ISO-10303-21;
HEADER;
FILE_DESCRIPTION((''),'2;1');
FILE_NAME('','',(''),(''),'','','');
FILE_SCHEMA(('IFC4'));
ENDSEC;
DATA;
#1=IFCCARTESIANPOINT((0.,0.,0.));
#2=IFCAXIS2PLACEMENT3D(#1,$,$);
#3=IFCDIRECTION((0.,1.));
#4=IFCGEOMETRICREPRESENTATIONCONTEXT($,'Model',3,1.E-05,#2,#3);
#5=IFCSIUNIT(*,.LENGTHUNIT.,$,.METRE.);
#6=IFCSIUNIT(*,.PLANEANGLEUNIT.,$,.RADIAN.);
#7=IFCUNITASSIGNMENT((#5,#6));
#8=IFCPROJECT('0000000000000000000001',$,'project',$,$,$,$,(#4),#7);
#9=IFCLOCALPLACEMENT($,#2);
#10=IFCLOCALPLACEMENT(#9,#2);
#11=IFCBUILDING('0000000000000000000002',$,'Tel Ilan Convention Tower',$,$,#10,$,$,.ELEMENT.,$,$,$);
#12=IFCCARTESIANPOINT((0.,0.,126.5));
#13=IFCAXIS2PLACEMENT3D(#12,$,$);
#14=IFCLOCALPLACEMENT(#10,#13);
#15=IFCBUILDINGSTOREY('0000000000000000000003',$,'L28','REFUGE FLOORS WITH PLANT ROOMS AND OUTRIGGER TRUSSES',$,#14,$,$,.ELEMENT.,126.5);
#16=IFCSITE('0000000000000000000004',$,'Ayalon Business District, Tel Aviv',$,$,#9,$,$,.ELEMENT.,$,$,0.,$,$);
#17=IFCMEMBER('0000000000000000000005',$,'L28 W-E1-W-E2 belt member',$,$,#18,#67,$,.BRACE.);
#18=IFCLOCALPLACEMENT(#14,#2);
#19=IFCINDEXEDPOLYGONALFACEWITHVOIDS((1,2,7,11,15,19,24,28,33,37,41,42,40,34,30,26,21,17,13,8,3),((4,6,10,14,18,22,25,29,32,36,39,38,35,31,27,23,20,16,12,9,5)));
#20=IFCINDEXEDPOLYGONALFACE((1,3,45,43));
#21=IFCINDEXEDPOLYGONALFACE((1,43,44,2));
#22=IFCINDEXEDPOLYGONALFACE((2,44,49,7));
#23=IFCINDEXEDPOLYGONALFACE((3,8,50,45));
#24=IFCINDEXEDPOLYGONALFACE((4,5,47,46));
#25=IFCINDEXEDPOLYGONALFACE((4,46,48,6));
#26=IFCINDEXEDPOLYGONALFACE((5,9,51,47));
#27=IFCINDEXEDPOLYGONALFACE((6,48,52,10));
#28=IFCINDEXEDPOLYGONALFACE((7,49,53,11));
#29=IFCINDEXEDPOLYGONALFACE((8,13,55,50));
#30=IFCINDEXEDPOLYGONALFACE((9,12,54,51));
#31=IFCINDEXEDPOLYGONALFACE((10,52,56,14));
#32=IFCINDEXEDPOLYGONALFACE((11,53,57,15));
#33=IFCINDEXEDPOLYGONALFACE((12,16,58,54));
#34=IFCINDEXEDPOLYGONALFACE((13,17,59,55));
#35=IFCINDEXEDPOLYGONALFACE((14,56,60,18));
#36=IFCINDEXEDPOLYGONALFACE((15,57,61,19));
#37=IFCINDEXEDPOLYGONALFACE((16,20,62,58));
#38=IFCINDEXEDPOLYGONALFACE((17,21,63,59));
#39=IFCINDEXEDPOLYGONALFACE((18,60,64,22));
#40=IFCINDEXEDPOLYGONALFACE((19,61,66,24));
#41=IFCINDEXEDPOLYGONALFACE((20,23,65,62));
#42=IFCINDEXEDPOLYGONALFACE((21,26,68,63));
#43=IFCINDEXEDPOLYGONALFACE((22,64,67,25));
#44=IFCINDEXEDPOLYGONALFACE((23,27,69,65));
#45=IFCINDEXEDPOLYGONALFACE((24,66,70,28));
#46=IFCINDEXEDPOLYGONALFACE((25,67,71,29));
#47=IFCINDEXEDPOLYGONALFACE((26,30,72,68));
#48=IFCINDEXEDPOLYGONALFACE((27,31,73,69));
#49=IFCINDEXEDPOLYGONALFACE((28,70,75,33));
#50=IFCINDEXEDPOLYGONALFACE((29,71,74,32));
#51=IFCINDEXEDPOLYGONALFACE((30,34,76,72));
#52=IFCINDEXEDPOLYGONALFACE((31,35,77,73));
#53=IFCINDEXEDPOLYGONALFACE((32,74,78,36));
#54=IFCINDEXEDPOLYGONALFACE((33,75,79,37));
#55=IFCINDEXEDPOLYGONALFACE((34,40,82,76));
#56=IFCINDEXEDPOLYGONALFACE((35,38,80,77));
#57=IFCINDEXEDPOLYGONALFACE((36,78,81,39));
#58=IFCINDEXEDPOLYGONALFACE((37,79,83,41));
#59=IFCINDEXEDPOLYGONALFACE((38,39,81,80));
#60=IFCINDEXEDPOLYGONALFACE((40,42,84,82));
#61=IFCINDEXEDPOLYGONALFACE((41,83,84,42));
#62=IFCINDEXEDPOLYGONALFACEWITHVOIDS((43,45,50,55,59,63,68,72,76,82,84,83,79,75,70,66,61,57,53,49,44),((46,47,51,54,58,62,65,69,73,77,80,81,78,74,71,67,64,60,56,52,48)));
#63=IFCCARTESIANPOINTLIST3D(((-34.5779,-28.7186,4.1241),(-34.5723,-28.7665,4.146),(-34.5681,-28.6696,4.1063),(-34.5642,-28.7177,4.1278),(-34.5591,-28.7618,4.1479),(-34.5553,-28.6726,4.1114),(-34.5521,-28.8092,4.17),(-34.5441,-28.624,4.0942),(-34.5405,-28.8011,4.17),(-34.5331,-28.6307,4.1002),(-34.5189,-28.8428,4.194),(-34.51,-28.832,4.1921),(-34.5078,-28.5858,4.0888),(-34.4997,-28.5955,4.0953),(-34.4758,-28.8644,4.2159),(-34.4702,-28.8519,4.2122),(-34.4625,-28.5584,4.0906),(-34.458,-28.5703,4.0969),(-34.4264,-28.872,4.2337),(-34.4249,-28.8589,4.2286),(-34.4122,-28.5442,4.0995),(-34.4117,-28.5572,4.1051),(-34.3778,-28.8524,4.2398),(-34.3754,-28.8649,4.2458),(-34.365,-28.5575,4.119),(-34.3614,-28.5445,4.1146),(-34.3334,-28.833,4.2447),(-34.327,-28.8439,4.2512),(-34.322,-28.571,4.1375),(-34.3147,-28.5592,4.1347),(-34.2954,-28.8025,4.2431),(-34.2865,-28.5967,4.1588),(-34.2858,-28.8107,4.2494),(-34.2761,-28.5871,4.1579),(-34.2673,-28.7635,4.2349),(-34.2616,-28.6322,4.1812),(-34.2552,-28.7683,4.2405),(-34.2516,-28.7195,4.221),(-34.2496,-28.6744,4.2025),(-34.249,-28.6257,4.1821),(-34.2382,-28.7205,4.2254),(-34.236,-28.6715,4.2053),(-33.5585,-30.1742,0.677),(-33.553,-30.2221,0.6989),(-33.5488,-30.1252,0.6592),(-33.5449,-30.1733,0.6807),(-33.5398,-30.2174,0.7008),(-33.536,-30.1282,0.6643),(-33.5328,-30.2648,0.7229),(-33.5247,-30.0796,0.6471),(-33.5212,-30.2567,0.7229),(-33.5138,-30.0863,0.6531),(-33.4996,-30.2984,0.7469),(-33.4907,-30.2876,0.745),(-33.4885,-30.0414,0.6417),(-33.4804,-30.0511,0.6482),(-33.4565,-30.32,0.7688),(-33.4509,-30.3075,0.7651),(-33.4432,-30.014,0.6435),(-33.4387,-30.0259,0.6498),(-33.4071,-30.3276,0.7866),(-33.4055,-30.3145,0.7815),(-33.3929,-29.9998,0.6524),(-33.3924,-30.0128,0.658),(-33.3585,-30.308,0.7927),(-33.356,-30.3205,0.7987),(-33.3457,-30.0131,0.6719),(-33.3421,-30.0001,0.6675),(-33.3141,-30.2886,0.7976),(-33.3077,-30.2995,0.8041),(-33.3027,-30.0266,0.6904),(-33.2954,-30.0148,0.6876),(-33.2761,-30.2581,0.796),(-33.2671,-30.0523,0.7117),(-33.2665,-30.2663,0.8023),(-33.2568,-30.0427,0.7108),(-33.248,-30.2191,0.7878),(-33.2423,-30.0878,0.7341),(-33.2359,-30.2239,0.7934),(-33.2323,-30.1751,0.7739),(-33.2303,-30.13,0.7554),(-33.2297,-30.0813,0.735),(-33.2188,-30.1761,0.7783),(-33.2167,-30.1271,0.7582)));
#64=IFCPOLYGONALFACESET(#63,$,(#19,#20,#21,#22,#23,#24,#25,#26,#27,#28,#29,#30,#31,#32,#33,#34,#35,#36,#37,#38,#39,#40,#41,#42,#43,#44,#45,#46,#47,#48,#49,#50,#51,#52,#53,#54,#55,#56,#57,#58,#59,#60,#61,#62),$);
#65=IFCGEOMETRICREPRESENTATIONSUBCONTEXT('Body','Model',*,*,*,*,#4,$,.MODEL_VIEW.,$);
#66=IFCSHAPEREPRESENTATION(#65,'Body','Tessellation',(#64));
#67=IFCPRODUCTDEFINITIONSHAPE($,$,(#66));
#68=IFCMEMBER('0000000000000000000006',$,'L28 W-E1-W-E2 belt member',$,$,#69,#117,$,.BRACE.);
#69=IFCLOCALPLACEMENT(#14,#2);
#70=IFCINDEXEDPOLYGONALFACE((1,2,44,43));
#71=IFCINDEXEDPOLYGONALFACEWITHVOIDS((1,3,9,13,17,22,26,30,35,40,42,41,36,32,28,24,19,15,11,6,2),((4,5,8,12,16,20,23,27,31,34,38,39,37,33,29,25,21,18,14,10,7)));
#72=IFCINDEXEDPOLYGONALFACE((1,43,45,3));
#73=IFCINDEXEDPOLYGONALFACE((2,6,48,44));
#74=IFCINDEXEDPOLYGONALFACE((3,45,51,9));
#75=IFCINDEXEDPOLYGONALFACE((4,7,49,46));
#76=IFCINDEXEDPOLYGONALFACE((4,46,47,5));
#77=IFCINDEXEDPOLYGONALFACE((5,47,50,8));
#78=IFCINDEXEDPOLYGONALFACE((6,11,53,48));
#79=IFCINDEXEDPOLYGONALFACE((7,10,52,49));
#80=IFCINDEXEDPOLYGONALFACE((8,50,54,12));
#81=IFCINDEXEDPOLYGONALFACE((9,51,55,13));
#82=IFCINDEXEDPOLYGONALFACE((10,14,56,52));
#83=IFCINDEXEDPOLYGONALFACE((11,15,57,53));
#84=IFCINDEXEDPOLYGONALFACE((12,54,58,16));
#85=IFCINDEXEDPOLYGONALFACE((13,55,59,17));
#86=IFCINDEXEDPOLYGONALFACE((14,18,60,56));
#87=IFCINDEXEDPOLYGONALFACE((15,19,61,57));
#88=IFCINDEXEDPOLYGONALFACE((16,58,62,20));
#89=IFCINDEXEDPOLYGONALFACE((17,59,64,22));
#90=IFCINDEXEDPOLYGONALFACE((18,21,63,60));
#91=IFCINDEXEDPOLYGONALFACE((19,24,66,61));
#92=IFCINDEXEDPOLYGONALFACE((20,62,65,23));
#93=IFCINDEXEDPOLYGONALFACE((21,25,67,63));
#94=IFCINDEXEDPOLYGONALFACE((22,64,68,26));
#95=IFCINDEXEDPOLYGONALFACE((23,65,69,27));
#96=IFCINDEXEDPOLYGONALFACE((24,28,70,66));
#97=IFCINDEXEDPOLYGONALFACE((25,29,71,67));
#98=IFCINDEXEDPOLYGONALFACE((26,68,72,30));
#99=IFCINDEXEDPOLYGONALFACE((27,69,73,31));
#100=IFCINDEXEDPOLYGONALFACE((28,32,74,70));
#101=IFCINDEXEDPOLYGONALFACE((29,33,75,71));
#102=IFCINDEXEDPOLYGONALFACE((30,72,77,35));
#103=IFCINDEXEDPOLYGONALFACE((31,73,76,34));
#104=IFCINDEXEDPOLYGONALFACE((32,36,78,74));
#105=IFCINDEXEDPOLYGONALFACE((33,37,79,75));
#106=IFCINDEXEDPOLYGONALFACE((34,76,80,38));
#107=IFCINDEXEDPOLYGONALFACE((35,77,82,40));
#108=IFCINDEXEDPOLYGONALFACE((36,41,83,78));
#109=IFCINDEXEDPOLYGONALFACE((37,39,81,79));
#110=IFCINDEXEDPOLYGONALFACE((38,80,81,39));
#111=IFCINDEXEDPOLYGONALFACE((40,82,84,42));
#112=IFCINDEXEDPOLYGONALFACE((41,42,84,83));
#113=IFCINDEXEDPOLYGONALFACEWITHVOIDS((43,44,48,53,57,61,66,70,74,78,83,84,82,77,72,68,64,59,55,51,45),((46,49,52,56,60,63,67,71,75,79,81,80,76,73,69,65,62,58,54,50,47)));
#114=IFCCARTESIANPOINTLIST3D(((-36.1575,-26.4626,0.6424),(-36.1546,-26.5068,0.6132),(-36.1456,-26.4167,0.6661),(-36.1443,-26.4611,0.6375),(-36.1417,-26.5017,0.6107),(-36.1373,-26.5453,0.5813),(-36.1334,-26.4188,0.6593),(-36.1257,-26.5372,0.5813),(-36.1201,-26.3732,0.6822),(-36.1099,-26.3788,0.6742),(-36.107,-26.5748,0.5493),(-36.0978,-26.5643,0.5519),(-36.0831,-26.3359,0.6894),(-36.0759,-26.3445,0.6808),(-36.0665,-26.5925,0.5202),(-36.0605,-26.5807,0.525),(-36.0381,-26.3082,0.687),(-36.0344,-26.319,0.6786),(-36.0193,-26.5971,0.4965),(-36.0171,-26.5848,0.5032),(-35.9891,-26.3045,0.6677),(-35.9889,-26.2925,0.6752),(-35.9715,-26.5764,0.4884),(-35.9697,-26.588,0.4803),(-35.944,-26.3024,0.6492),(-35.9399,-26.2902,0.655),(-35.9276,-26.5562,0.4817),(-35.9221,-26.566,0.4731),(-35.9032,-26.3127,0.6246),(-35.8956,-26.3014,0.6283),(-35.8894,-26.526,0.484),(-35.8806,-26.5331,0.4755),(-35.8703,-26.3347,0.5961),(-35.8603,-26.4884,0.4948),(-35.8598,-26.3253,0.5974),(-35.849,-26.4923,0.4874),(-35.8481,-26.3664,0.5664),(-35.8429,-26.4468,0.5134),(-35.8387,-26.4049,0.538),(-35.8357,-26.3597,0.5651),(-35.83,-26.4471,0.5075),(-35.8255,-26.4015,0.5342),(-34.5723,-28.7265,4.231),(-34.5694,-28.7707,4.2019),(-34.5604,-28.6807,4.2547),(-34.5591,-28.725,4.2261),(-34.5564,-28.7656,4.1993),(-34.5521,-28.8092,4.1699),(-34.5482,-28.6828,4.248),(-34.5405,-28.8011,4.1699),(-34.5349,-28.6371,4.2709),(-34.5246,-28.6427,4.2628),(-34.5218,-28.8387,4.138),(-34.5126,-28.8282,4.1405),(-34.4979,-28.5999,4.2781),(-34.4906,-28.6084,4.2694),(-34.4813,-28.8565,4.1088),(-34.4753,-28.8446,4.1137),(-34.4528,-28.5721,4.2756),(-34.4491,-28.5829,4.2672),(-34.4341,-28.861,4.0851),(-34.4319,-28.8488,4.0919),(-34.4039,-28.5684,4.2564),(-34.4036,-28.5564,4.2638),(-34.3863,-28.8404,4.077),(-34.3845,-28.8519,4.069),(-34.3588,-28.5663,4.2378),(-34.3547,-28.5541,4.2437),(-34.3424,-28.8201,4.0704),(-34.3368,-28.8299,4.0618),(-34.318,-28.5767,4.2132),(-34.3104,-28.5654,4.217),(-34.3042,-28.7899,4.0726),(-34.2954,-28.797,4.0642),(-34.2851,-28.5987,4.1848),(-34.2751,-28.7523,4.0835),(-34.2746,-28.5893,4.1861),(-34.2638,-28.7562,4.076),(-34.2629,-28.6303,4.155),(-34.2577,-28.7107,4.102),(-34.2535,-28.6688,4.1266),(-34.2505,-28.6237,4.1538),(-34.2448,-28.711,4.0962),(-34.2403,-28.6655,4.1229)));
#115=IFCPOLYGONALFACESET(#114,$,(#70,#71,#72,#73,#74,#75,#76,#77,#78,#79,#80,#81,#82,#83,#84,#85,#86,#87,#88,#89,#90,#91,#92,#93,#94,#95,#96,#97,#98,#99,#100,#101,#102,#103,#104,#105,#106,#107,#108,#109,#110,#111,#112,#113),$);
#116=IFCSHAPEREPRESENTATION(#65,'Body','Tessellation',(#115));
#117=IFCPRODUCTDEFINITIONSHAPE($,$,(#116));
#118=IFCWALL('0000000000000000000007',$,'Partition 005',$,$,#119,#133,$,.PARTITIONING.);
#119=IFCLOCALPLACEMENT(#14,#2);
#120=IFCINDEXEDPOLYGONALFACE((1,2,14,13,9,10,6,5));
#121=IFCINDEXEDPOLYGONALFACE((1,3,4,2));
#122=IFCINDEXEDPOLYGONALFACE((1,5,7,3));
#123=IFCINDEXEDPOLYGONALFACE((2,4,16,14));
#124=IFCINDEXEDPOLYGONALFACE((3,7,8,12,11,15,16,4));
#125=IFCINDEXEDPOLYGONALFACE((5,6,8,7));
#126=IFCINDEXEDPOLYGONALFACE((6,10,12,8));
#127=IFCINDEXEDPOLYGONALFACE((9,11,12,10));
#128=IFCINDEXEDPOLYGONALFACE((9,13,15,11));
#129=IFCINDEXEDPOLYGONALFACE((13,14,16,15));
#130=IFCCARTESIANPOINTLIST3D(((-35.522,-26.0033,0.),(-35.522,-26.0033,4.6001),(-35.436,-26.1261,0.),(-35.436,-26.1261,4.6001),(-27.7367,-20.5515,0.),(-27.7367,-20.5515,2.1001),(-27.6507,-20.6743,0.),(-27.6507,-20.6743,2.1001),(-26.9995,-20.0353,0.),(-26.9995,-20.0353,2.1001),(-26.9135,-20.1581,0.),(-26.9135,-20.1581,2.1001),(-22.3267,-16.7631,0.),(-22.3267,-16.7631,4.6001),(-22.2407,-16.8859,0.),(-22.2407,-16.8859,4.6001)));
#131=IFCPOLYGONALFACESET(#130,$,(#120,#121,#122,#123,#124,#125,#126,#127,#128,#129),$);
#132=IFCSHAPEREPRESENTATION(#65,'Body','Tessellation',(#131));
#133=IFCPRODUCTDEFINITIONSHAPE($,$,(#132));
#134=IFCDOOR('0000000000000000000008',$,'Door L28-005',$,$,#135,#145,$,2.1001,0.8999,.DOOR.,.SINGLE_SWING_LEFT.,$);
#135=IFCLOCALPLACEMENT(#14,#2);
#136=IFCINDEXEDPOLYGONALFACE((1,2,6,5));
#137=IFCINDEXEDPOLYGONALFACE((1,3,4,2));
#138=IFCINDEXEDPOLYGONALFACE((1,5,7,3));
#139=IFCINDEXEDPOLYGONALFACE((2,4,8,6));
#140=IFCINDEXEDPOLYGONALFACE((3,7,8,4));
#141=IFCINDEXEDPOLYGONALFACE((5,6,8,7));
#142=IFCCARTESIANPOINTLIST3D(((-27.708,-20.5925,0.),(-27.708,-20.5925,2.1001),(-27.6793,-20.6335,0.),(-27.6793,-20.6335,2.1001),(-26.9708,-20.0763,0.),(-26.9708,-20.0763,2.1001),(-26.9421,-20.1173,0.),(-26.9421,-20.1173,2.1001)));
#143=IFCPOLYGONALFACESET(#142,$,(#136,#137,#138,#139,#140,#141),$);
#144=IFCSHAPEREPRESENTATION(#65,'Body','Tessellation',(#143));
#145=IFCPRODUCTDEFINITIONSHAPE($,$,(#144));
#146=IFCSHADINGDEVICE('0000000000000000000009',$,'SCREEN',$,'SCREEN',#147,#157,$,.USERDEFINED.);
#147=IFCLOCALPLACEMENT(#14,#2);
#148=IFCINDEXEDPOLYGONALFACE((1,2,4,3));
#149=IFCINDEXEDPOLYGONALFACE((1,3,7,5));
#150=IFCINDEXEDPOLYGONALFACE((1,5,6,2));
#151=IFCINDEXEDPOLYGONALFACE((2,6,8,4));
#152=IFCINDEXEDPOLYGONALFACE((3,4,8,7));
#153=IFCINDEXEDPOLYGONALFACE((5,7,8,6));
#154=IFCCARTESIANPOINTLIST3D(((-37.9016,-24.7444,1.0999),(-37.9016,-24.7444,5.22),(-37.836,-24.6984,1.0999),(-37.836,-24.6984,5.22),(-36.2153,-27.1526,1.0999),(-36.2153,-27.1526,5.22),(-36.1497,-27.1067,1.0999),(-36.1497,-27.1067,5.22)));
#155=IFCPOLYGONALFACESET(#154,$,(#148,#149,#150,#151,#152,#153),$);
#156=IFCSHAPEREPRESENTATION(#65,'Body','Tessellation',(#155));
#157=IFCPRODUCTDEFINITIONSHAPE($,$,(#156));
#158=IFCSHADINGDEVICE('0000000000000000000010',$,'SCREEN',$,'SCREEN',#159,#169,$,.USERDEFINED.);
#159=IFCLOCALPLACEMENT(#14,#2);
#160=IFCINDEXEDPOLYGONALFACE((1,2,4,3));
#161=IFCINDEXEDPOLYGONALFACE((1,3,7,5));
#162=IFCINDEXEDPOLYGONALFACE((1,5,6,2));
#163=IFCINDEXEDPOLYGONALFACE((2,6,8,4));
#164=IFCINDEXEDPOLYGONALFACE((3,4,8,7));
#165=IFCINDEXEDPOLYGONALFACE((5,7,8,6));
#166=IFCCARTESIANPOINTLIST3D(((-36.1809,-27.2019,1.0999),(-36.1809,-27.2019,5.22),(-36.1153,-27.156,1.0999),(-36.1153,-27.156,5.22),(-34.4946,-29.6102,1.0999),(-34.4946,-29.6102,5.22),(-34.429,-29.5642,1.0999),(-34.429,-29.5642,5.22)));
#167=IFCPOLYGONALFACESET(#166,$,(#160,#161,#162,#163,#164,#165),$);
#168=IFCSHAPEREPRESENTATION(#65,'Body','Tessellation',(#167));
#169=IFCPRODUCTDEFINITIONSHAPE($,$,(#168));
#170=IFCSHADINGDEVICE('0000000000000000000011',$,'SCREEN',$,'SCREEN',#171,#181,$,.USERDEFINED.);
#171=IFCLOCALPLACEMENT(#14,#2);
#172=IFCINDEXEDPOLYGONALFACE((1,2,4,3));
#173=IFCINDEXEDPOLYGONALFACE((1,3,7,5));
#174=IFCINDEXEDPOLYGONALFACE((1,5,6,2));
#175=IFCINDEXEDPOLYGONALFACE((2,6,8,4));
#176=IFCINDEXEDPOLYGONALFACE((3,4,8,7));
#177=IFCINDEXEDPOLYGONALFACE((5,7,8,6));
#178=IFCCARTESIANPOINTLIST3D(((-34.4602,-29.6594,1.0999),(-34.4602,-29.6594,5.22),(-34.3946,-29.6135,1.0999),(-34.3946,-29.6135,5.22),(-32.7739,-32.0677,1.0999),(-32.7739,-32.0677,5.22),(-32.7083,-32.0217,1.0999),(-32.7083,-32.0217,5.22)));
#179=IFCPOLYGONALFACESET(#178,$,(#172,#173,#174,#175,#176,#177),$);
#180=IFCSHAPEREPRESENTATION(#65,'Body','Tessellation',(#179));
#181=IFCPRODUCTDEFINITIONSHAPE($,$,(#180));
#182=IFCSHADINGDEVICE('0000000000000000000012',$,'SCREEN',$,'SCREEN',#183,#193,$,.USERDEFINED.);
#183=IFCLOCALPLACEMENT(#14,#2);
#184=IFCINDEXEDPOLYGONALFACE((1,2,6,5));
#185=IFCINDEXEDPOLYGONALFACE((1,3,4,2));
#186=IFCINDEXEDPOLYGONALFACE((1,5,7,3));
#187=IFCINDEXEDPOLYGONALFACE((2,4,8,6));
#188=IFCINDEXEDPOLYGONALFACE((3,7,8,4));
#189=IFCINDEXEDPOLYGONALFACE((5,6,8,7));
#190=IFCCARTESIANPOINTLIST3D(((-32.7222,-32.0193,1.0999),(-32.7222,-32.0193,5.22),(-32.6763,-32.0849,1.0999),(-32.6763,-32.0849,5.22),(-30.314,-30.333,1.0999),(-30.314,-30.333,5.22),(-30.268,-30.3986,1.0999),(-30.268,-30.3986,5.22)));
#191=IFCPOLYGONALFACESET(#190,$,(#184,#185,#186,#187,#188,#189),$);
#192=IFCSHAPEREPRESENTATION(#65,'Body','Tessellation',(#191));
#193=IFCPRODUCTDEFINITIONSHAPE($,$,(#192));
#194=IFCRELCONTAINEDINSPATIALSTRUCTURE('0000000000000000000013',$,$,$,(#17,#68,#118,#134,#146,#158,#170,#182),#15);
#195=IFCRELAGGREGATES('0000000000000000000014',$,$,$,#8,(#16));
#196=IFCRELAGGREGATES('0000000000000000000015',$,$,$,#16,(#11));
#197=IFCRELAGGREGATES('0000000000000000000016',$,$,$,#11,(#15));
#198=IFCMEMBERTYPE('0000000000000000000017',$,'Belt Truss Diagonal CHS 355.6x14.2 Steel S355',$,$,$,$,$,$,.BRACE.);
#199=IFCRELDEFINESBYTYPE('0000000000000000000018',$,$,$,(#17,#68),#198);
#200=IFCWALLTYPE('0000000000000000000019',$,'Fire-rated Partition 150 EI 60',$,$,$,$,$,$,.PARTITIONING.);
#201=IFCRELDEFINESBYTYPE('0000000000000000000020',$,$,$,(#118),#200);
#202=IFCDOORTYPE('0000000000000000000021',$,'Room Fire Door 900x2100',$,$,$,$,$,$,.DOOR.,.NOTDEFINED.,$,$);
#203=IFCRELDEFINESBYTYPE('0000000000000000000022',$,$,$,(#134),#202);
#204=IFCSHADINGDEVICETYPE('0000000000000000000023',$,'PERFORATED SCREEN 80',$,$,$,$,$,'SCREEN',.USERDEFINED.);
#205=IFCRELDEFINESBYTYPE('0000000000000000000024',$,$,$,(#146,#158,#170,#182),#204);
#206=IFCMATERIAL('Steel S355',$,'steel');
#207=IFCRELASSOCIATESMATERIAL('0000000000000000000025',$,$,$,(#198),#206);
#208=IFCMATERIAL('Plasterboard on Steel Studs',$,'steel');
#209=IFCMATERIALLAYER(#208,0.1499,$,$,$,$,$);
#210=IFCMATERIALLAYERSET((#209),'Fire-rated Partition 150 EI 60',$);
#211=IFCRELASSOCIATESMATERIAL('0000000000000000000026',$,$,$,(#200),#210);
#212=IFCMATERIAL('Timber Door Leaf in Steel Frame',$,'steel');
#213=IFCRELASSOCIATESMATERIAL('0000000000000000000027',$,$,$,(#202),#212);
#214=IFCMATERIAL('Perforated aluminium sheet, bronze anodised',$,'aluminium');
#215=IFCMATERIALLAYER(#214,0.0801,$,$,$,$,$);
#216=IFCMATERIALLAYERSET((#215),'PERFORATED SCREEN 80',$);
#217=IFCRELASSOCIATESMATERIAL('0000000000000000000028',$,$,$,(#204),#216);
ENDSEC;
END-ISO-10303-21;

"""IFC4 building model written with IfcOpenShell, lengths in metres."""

from ifc_helpers import new_model, si_unit, direction, frame, frame_2d, origin, origin_2d, place, context, subcontext, project, spatial, rectangle, hollow_circle, extrude, material, layer, layer_set, material_profile, profile_set, type_object, element, fill, save


model = new_model("IFC4")

# Units and contexts
model_context = context("Model", 3, precision=1e-05, world=origin(), true_north=direction((0.0, 1.0)))
body_context = subcontext(model_context, "Body", "Model", "MODEL_VIEW")
ifc_project = project(units=[si_unit("LENGTHUNIT", "METRE"), si_unit("PLANEANGLEUNIT", "RADIAN")], contexts=[model_context])

# Site, building, storey
site_placement = place(None, origin())
site = spatial("IfcSite", under=ifc_project, at=site_placement, Name="Ayalon Business District, Tel Aviv", CompositionType="ELEMENT", RefElevation=0.0)
building_placement = place(site_placement, origin())
building = spatial("IfcBuilding", under=site, at=building_placement, Name="Tel Ilan Convention Tower", CompositionType="ELEMENT")
storey_placement = place(building_placement, frame((0.0, 0.0, 126.5)))
storey = spatial("IfcBuildingStorey", under=building, at=storey_placement, Name="L28", Description="REFUGE FLOORS WITH PLANT ROOMS AND OUTRIGGER TRUSSES", CompositionType="ELEMENT", Elevation=126.5)

# Members
ifc_material_1 = material(Name="Steel S355", Category="steel")
ifc_material_profile_1 = material_profile(ifc_material_1, hollow_circle(Radius=0.1777, WallThickness=0.0142, at=origin_2d()), Name="CHS 355.6x14.2")
ifc_profile_set_1 = profile_set([ifc_material_profile_1], Name="Steel S355")
member_type_1 = type_object("IfcMemberType", Name="Belt Truss Diagonal CHS 355.6x14.2 Steel S355", PredefinedType="BRACE", material=ifc_profile_set_1)
member_1_placement = place(storey_placement, frame((-33.3872, -30.1628, 0.7229), z_axis=(-0.262832, 0.375331, 0.888845), x_axis=(-0.819129, -0.57361, 0.0)))
element("IfcMember", 1, at=member_1_placement, inside=storey, type_object=member_type_1, Name="L28 W-E1-W-E2 belt member", PredefinedType="BRACE", context=body_context, shape_type="SweptSolid", body=[
    extrude(hollow_circle(Radius=0.1777, WallThickness=0.0142, at=origin_2d()), origin(), (0.0, 0.0, 1.0), 3.8782),
])
member_2_placement = place(storey_placement, frame((-34.4065, -28.7073, 4.1699), z_axis=(-0.349973, 0.499815, -0.792277), x_axis=(-0.819153, -0.573575, 0.0)))
element("IfcMember", 2, at=member_2_placement, inside=storey, type_object=member_type_1, Name="L28 W-E1-W-E2 belt member", PredefinedType="BRACE", context=body_context, shape_type="SweptSolid", body=[
    extrude(hollow_circle(Radius=0.1777, WallThickness=0.0142, at=origin_2d()), origin(), (0.0, 0.0, 1.0), 4.5295),
])

# Wall, opening, door
ifc_material_2 = material(Name="Plasterboard on Steel Studs", Category="steel")
ifc_layer_1 = layer(ifc_material_2, 0.1499)
ifc_layer_set_1 = layer_set([ifc_layer_1], Name="Fire-rated Partition 150 EI 60")
wall_type = type_object("IfcWallType", Name="Fire-rated Partition 150 EI 60", PredefinedType="PARTITIONING", material=ifc_layer_set_1)
wall_placement = place(storey_placement, frame((-35.479, -26.0647, 0.0), z_axis=(0.0, 0.0, 1.0), x_axis=(0.819129, 0.573609, 0.0)))
wall = element("IfcWall", 3, at=wall_placement, inside=storey, type_object=wall_type, Name="Partition 005", PredefinedType="PARTITIONING", context=body_context, shape_type="SweptSolid", body=[
    extrude(rectangle(XDim=16.1089, YDim=0.1499, at=frame_2d((8.0544, 0.0))), origin(), (0.0, 0.0, 1.0), 4.6001),
])
opening_placement = place(wall_placement, frame((9.5044, 0.0, 0.0)))
opening = element("IfcOpeningElement", 4, at=opening_placement, cuts=wall, PredefinedType="OPENING", context=body_context, shape_type="SweptSolid", body=[
    extrude(rectangle(XDim=0.8999, YDim=2.1001, at=frame_2d((0.45, 1.05))), frame((0.0, 0.085, 0.0), z_axis=(0.0, -1.0, 0.0), x_axis=(1.0, 0.0, 0.0)), (0.0, 0.0, 1.0), 0.1699),
])
ifc_material_3 = material(Name="Timber Door Leaf in Steel Frame", Category="steel")
door_type = type_object("IfcDoorType", Name="Room Fire Door 900x2100", OperationType="NOTDEFINED", PredefinedType="DOOR", material=ifc_material_3)
door_placement = place(opening_placement, origin())
door = element("IfcDoor", 5, at=door_placement, inside=storey, type_object=door_type, Name="Door L28-005", OperationType="SINGLE_SWING_LEFT", OverallHeight=2.1001, OverallWidth=0.8999, PredefinedType="DOOR", context=body_context, shape_type="SweptSolid", body=[
    extrude(rectangle(XDim=0.8999, YDim=2.1001, at=frame_2d((0.45, 1.05))), frame((0.0, 0.0249, 0.0), z_axis=(0.0, -1.0, 0.0), x_axis=(1.0, 0.0, 0.0)), (0.0, 0.0, 1.0), 0.05),
])
fill(opening, door)

# Shading devices
ifc_material_4 = material(Name="Perforated aluminium sheet, bronze anodised", Category="aluminium")
ifc_layer_2 = layer(ifc_material_4, 0.0801)
ifc_layer_set_2 = layer_set([ifc_layer_2], Name="PERFORATED SCREEN 80")
shading_device_type_1 = type_object("IfcShadingDeviceType", Name="PERFORATED SCREEN 80", ElementType="SCREEN", PredefinedType="USERDEFINED", material=ifc_layer_set_2)
for number, where, z_axis, x_axis, name in (
    (6, (-37.0256, -25.9255, 1.0999), (0.0, 0.0, 1.0), (0.573576, -0.819152, 0.0), "SCREEN"),
    (7, (-35.3049, -28.3831, 1.0999), (0.0, 0.0, 1.0), (0.573576, -0.819152, 0.0), "SCREEN"),
    (8, (-33.5842, -30.8406, 1.0999), (0.0, 0.0, 1.0), (0.573576, -0.819152, 0.0), "SCREEN"),
    (9, (-31.4951, -31.209, 1.0999), (0.0, 0.0, 1.0), (0.819152, 0.573576, 0.0), "SCREEN"),
):
    element("IfcShadingDevice", number, at=place(storey_placement, frame(where, z_axis=z_axis, x_axis=x_axis)), inside=storey, type_object=shading_device_type_1, Name=name, ObjectType="SCREEN", PredefinedType="USERDEFINED", context=body_context, shape_type="SweptSolid", body=[
        extrude(rectangle(XDim=2.9399, YDim=0.0801, at=origin_2d()), origin(), (0.0, 0.0, 1.0), 4.1201),
    ])

save(model, "model.ifc")
